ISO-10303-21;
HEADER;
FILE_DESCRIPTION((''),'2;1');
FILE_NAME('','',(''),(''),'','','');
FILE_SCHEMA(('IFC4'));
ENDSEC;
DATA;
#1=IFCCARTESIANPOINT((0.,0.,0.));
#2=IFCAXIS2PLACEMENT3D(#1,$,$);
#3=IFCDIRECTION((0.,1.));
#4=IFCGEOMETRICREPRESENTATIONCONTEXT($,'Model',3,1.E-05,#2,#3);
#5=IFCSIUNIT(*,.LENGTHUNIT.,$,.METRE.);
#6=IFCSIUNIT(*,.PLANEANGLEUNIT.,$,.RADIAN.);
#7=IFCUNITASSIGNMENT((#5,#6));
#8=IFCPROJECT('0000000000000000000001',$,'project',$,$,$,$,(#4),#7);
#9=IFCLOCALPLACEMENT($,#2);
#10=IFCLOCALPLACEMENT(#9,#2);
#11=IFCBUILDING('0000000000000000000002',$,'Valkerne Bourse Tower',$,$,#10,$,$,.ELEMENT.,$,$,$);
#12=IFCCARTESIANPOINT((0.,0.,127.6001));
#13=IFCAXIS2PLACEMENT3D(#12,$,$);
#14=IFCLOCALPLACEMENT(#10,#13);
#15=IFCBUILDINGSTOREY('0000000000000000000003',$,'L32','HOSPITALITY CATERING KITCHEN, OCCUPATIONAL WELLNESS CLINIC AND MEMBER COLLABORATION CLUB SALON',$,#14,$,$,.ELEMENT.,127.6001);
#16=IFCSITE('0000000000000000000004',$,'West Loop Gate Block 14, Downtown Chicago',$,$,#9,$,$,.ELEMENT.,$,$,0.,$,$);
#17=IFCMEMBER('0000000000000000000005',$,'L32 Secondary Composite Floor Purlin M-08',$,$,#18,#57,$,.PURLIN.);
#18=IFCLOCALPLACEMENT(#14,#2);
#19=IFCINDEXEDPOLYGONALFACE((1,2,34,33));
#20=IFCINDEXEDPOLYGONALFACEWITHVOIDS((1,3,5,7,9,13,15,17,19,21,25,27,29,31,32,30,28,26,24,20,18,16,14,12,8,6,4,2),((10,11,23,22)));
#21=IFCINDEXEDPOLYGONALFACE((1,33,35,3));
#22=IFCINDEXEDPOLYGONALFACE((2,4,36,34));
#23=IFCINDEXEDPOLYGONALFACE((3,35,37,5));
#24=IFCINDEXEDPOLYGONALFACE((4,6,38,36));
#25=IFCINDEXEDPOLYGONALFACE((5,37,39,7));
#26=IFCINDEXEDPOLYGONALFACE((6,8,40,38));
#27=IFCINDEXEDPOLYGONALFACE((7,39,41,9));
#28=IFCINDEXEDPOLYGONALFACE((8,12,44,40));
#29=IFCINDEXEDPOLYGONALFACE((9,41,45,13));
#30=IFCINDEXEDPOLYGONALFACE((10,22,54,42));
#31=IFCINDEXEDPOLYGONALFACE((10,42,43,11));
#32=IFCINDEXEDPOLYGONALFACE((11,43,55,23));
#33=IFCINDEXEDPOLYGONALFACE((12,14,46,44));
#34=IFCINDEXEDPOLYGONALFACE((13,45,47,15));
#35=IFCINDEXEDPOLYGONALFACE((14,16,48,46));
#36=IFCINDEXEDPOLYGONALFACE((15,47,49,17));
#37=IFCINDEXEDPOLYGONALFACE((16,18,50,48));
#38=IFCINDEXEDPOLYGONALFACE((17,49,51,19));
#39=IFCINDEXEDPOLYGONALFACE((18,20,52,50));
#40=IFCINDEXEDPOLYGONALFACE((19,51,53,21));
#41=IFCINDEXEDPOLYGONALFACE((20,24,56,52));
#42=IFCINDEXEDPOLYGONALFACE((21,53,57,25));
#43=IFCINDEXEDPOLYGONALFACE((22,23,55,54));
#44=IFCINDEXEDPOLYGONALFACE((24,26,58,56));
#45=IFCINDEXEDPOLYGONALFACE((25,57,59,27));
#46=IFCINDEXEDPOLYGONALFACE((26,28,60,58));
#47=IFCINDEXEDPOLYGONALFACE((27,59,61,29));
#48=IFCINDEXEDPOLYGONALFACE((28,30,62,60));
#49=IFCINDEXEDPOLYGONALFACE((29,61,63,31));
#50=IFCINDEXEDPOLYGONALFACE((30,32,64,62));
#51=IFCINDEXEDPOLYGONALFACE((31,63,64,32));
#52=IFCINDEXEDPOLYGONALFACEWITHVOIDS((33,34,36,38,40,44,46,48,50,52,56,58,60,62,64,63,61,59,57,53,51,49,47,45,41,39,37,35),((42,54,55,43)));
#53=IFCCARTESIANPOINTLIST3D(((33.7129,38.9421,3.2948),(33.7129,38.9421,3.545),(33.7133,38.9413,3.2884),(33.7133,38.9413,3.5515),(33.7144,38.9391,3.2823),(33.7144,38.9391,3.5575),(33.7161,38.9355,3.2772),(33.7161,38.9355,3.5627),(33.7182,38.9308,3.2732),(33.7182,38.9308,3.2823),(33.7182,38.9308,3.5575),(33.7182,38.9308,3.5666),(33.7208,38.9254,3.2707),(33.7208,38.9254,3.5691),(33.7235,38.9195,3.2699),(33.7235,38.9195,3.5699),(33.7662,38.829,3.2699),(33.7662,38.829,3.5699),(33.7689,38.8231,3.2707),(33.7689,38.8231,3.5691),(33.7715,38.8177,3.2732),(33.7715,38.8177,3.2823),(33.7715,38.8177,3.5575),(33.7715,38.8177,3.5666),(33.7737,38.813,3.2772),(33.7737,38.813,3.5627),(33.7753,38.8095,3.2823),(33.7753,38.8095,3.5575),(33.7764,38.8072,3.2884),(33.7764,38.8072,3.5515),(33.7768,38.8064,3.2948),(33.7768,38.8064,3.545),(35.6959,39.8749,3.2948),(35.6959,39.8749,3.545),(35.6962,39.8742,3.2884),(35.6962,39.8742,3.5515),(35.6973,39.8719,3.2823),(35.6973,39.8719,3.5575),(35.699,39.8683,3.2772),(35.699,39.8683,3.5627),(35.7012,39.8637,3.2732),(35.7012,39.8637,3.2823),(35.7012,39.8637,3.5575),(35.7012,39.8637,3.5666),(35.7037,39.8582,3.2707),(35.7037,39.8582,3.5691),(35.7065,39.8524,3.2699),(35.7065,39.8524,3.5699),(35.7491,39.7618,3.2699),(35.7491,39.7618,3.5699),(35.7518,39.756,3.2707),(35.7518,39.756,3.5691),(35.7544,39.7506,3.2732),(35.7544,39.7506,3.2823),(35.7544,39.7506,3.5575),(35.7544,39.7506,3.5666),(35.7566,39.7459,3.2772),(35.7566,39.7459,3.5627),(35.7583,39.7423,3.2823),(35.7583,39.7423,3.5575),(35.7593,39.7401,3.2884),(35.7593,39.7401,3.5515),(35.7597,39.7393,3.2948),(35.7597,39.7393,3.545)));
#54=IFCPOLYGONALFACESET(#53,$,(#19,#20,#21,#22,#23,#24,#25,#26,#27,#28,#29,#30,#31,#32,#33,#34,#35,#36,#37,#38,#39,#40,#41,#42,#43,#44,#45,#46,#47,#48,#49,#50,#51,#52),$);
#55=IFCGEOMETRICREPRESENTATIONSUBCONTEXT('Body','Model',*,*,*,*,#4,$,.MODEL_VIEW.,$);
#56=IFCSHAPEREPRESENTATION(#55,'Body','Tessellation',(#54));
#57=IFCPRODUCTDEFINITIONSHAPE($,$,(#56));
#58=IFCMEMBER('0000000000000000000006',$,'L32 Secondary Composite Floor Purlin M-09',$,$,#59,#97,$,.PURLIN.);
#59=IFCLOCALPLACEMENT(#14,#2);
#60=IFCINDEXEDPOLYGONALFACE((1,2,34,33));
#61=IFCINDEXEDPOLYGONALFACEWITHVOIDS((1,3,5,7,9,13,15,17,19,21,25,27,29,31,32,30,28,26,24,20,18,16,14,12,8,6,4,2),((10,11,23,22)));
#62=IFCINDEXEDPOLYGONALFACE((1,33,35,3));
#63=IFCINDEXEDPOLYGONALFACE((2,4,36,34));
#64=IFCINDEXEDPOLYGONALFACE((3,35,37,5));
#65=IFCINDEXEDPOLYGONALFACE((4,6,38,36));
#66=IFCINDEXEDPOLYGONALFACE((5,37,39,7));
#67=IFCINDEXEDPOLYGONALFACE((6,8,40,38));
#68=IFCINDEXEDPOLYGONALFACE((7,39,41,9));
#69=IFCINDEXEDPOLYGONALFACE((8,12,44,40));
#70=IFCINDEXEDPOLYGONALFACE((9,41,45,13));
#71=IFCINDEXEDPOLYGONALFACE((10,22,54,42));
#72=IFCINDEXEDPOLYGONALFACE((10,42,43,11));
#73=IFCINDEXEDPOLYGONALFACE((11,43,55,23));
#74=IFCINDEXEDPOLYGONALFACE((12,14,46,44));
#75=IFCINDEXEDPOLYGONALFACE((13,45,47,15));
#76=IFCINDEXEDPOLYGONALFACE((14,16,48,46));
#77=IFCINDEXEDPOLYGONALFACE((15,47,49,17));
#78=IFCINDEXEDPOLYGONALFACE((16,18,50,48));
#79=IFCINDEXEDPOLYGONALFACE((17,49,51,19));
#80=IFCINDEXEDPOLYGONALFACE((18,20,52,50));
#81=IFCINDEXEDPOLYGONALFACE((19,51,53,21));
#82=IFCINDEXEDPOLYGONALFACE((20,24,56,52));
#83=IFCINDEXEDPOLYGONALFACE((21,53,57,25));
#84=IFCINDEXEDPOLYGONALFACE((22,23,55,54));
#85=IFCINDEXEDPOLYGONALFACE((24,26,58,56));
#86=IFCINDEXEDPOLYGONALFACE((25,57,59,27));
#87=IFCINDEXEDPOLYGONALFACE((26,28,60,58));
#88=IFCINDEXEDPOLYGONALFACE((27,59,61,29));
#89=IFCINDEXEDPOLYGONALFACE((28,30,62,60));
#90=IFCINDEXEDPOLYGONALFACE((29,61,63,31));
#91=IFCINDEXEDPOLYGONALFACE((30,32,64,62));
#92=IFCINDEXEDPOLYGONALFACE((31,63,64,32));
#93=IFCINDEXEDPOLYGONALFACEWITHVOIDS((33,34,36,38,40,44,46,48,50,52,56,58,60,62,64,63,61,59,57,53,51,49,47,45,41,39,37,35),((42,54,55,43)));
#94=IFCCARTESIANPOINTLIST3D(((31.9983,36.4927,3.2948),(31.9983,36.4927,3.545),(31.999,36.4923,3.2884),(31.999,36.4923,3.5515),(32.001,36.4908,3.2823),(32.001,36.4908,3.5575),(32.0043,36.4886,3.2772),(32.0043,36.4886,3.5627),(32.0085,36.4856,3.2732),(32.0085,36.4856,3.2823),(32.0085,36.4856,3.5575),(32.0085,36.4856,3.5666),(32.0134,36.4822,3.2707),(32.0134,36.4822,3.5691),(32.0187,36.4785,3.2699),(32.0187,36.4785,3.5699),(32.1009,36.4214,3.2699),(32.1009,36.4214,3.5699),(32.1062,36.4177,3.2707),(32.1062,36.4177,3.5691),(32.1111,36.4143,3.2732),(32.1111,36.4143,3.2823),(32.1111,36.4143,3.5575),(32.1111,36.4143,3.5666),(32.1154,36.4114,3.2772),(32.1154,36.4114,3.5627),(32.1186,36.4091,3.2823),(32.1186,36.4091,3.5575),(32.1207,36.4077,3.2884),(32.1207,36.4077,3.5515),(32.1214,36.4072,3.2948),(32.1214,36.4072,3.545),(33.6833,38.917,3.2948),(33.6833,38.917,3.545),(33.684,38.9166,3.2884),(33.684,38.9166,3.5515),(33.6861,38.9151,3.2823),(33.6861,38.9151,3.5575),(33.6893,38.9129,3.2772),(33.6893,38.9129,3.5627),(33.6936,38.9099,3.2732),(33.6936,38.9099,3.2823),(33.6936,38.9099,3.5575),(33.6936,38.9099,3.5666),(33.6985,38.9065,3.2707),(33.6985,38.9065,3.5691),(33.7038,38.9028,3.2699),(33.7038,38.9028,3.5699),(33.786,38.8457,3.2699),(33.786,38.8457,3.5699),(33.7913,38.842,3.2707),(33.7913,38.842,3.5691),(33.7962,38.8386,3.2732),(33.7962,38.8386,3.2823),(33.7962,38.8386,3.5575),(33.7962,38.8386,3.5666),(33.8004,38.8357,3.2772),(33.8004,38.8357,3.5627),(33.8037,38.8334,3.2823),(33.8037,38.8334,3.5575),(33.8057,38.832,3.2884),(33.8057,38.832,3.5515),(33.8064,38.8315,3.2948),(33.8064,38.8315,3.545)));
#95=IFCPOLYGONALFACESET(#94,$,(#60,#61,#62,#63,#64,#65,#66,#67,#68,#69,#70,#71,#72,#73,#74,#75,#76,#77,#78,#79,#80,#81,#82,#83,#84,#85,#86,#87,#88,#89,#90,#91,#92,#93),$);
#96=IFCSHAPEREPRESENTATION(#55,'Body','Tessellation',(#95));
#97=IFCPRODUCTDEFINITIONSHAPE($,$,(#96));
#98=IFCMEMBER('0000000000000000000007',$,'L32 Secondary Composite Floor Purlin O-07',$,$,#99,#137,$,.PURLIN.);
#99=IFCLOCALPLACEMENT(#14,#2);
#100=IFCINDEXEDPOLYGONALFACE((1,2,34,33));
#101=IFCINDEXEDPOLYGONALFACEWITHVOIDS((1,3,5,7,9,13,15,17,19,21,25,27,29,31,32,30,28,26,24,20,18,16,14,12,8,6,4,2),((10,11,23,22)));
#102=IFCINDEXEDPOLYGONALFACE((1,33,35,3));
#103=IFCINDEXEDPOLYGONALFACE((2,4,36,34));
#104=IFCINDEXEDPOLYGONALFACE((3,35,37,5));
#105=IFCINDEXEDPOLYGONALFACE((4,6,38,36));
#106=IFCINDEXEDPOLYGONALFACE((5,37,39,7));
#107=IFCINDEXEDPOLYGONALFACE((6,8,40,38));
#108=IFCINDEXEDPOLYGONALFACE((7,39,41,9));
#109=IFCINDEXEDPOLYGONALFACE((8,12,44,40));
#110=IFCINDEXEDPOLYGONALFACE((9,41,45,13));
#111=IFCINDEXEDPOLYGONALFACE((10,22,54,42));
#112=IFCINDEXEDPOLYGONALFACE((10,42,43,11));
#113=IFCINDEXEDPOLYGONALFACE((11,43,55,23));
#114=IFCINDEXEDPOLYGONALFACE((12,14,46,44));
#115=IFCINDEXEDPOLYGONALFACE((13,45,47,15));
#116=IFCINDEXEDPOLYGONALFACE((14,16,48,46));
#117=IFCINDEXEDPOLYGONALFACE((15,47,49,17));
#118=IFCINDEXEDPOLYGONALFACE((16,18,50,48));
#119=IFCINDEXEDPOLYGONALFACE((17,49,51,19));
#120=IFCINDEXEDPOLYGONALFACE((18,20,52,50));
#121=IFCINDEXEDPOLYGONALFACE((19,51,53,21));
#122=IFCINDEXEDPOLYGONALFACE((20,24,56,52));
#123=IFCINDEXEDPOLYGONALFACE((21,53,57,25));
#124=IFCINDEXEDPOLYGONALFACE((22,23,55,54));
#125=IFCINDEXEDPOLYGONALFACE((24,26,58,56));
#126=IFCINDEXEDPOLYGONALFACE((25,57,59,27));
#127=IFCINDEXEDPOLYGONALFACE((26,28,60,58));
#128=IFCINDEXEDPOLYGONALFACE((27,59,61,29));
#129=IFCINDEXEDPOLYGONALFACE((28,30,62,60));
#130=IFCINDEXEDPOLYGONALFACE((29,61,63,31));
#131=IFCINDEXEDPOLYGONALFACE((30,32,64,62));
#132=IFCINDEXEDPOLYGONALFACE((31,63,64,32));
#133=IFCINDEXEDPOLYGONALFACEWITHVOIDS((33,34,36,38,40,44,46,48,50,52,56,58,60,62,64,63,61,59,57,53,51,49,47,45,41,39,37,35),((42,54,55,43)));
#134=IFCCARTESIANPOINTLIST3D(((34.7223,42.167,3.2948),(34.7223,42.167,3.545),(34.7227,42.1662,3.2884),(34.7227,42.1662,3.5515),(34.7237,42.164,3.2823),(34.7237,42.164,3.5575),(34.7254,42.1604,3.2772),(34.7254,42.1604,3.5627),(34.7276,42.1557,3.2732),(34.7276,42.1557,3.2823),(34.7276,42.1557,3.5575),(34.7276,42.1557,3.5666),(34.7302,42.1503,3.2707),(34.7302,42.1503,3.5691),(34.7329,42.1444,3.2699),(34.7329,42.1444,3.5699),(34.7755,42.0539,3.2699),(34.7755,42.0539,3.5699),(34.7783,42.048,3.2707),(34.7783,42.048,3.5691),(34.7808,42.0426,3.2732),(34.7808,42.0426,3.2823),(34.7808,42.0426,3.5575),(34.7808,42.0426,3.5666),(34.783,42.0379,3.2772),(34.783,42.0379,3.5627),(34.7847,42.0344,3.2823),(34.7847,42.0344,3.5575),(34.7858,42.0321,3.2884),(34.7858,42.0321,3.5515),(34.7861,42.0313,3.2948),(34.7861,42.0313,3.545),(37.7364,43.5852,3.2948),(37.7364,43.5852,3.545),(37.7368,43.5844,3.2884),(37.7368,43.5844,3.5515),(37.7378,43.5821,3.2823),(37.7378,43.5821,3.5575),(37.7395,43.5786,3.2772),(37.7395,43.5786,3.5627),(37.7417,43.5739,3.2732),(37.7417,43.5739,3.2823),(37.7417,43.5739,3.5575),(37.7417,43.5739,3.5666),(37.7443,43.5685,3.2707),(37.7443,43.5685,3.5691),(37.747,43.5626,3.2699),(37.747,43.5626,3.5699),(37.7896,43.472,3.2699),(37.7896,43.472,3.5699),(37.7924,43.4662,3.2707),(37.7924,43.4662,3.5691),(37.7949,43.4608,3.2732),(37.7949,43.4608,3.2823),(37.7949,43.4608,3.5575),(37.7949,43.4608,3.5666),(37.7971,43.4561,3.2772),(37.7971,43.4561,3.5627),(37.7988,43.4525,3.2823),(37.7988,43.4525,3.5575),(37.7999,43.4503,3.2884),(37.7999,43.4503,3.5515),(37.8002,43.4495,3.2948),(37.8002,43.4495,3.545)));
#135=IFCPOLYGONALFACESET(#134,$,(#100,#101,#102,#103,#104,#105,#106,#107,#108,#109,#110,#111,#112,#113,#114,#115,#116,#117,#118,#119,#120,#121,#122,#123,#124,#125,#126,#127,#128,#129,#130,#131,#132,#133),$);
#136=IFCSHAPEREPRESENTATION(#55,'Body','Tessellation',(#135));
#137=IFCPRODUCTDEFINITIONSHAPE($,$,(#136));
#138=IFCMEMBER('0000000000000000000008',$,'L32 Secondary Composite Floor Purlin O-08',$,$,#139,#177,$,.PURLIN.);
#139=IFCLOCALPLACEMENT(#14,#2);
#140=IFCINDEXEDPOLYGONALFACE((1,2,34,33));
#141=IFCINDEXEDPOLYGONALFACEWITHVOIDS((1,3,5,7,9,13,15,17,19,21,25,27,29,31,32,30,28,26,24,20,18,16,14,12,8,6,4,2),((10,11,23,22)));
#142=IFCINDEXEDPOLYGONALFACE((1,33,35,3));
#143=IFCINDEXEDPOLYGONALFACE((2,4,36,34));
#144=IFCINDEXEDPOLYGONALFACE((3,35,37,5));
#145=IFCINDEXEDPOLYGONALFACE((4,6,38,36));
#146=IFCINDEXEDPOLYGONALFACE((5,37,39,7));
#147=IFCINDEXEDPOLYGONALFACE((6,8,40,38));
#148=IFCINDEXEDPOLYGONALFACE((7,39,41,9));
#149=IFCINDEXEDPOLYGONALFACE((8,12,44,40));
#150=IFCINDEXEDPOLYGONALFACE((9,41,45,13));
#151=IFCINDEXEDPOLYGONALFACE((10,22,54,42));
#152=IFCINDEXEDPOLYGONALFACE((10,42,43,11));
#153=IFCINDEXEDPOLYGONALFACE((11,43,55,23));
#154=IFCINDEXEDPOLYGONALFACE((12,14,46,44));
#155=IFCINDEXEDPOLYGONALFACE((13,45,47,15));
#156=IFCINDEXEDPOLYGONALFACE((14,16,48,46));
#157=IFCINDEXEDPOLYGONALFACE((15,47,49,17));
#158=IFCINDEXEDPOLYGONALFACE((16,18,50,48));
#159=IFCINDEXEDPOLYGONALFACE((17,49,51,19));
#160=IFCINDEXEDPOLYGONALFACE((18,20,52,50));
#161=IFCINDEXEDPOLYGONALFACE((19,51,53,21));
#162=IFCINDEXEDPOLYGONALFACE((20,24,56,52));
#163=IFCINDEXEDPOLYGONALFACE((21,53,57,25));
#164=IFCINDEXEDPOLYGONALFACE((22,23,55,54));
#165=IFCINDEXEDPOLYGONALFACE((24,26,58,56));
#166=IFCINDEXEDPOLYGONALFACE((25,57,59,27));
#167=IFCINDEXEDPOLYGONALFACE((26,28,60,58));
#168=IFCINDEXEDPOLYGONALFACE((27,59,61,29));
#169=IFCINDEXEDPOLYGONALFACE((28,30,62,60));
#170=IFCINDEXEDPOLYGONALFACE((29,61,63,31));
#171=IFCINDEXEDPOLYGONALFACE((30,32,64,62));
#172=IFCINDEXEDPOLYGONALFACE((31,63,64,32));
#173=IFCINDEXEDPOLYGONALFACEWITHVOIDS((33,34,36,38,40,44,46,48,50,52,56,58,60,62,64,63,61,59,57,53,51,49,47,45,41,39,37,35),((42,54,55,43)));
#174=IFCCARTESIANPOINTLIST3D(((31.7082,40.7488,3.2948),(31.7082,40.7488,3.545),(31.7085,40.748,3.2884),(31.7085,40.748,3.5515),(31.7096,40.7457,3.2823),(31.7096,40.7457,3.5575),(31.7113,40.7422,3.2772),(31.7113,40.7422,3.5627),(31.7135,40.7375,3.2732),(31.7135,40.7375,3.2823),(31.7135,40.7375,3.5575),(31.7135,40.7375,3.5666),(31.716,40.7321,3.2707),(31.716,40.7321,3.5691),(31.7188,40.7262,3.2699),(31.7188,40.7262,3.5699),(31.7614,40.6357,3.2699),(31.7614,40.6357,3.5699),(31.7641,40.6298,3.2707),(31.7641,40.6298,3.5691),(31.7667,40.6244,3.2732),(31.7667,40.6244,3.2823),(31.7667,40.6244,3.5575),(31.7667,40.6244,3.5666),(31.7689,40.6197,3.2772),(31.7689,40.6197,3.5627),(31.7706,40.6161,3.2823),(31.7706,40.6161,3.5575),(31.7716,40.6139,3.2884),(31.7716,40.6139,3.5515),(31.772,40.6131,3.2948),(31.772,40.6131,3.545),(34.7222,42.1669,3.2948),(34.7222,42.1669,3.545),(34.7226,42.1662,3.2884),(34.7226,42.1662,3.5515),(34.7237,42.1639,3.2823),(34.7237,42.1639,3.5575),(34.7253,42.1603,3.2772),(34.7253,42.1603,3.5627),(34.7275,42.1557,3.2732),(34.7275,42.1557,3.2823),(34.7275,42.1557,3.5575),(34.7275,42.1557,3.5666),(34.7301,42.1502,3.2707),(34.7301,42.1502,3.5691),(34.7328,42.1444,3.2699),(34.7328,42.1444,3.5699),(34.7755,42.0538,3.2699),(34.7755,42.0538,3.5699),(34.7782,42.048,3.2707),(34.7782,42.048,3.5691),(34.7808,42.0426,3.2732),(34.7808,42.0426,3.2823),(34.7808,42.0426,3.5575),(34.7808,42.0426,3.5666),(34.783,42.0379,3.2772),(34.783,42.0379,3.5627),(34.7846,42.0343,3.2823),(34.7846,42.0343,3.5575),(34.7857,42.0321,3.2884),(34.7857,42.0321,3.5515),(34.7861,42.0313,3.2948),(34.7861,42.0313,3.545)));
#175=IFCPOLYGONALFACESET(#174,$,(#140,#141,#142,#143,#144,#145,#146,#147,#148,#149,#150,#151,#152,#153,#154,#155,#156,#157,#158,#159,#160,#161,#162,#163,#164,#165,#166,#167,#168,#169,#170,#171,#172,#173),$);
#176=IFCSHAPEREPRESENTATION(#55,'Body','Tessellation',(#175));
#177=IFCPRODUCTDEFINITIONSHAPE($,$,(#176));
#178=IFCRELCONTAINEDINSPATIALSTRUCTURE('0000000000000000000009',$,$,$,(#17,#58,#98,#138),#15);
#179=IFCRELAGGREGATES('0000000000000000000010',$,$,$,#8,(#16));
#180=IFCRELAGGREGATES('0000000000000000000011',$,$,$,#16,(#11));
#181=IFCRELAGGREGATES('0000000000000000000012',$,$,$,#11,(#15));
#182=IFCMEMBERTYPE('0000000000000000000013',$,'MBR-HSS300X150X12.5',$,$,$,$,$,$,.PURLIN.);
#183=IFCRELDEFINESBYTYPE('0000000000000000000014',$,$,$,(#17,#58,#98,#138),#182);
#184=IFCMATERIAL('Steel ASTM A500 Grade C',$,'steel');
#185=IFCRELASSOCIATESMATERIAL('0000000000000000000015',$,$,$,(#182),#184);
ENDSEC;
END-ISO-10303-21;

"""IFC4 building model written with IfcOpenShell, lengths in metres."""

from ifc_helpers import new_model, si_unit, direction, frame, origin, origin_2d, place, context, subcontext, project, spatial, hollow_rectangle, extrude, material, material_profile, profile_set, type_object, element, save


model = new_model("IFC4")

# Units and contexts
model_context = context("Model", 3, precision=1e-05, world=origin(), true_north=direction((0.0, 1.0)))
body_context = subcontext(model_context, "Body", "Model", "MODEL_VIEW")
ifc_project = project(units=[si_unit("LENGTHUNIT", "METRE"), si_unit("PLANEANGLEUNIT", "RADIAN")], contexts=[model_context])

# Site, building, storey
site_placement = place(None, origin())
site = spatial("IfcSite", under=ifc_project, at=site_placement, Name="West Loop Gate Block 14, Downtown Chicago", CompositionType="ELEMENT", RefElevation=0.0)
building_placement = place(site_placement, origin())
building = spatial("IfcBuilding", under=site, at=building_placement, Name="Valkerne Bourse Tower", CompositionType="ELEMENT")
storey_placement = place(building_placement, frame((0.0, 0.0, 127.6001)))
storey = spatial("IfcBuildingStorey", under=building, at=storey_placement, Name="L32", Description="HOSPITALITY CATERING KITCHEN, OCCUPATIONAL WELLNESS CLINIC AND MEMBER COLLABORATION CLUB SALON", CompositionType="ELEMENT", Elevation=127.6001)

# Members
ifc_material_1 = material(Name="Steel ASTM A500 Grade C", Category="steel")
ifc_material_profile_1 = material_profile(ifc_material_1, hollow_rectangle(XDim=0.1499, YDim=0.3, WallThickness=0.0125, OuterFilletRadius=0.0249, at=origin_2d()), Name="HSS300X150X12.5")
ifc_profile_set_1 = profile_set([ifc_material_profile_1], Name="Steel ASTM A500 Grade C")
member_type_1 = type_object("IfcMemberType", Name="MBR-HSS300X150X12.5", PredefinedType="PURLIN", material=ifc_profile_set_1)
for number, where, z_axis, x_axis, name in (
    (1, (35.7278, 39.8071, 3.4199), (-0.904867, -0.425695, 0.0), (0.425695, -0.904867, 0.0), "L32 Secondary Composite Floor Purlin M-08"),
):
    element("IfcMember", number, at=place(storey_placement, frame(where, z_axis=z_axis, x_axis=x_axis)), inside=storey, type_object=member_type_1, Name=name, PredefinedType="PURLIN", context=body_context, shape_type="SweptSolid", body=[
        extrude(hollow_rectangle(XDim=0.1499, YDim=0.3, WallThickness=0.0125, OuterFilletRadius=0.0249, at=origin_2d()), origin(), (0.0, 0.0, 1.0), 2.1914),
    ])
member_1_placement = place(storey_placement, frame((33.7449, 38.8743, 3.4199), z_axis=(-0.57074, -0.821131, 0.0), x_axis=(0.821131, -0.57074, 0.0)))
element("IfcMember", 2, at=member_1_placement, inside=storey, type_object=member_type_1, Name="L32 Secondary Composite Floor Purlin M-09", PredefinedType="PURLIN", context=body_context, shape_type="SweptSolid", body=[
    extrude(hollow_rectangle(XDim=0.1499, YDim=0.3, WallThickness=0.0125, OuterFilletRadius=0.0249, at=origin_2d()), origin(), (0.0, 0.0, 1.0), 2.9524),
])
for number, where, z_axis, x_axis, name in (
    (3, (37.7683, 43.5173, 3.4199), (-0.904844, -0.425744, 0.0), (0.425744, -0.904844, 0.0), "L32 Secondary Composite Floor Purlin O-07"),
    (4, (34.7542, 42.0991, 3.4199), (-0.904844, -0.425744, 0.0), (0.425744, -0.904844, 0.0), "L32 Secondary Composite Floor Purlin O-08"),
):
    element("IfcMember", number, at=place(storey_placement, frame(where, z_axis=z_axis, x_axis=x_axis)), inside=storey, type_object=member_type_1, Name=name, PredefinedType="PURLIN", context=body_context, shape_type="SweptSolid", body=[
        extrude(hollow_rectangle(XDim=0.1499, YDim=0.3, WallThickness=0.0125, OuterFilletRadius=0.0249, at=origin_2d()), origin(), (0.0, 0.0, 1.0), 3.3311),
    ])

save(model, "model.ifc")
